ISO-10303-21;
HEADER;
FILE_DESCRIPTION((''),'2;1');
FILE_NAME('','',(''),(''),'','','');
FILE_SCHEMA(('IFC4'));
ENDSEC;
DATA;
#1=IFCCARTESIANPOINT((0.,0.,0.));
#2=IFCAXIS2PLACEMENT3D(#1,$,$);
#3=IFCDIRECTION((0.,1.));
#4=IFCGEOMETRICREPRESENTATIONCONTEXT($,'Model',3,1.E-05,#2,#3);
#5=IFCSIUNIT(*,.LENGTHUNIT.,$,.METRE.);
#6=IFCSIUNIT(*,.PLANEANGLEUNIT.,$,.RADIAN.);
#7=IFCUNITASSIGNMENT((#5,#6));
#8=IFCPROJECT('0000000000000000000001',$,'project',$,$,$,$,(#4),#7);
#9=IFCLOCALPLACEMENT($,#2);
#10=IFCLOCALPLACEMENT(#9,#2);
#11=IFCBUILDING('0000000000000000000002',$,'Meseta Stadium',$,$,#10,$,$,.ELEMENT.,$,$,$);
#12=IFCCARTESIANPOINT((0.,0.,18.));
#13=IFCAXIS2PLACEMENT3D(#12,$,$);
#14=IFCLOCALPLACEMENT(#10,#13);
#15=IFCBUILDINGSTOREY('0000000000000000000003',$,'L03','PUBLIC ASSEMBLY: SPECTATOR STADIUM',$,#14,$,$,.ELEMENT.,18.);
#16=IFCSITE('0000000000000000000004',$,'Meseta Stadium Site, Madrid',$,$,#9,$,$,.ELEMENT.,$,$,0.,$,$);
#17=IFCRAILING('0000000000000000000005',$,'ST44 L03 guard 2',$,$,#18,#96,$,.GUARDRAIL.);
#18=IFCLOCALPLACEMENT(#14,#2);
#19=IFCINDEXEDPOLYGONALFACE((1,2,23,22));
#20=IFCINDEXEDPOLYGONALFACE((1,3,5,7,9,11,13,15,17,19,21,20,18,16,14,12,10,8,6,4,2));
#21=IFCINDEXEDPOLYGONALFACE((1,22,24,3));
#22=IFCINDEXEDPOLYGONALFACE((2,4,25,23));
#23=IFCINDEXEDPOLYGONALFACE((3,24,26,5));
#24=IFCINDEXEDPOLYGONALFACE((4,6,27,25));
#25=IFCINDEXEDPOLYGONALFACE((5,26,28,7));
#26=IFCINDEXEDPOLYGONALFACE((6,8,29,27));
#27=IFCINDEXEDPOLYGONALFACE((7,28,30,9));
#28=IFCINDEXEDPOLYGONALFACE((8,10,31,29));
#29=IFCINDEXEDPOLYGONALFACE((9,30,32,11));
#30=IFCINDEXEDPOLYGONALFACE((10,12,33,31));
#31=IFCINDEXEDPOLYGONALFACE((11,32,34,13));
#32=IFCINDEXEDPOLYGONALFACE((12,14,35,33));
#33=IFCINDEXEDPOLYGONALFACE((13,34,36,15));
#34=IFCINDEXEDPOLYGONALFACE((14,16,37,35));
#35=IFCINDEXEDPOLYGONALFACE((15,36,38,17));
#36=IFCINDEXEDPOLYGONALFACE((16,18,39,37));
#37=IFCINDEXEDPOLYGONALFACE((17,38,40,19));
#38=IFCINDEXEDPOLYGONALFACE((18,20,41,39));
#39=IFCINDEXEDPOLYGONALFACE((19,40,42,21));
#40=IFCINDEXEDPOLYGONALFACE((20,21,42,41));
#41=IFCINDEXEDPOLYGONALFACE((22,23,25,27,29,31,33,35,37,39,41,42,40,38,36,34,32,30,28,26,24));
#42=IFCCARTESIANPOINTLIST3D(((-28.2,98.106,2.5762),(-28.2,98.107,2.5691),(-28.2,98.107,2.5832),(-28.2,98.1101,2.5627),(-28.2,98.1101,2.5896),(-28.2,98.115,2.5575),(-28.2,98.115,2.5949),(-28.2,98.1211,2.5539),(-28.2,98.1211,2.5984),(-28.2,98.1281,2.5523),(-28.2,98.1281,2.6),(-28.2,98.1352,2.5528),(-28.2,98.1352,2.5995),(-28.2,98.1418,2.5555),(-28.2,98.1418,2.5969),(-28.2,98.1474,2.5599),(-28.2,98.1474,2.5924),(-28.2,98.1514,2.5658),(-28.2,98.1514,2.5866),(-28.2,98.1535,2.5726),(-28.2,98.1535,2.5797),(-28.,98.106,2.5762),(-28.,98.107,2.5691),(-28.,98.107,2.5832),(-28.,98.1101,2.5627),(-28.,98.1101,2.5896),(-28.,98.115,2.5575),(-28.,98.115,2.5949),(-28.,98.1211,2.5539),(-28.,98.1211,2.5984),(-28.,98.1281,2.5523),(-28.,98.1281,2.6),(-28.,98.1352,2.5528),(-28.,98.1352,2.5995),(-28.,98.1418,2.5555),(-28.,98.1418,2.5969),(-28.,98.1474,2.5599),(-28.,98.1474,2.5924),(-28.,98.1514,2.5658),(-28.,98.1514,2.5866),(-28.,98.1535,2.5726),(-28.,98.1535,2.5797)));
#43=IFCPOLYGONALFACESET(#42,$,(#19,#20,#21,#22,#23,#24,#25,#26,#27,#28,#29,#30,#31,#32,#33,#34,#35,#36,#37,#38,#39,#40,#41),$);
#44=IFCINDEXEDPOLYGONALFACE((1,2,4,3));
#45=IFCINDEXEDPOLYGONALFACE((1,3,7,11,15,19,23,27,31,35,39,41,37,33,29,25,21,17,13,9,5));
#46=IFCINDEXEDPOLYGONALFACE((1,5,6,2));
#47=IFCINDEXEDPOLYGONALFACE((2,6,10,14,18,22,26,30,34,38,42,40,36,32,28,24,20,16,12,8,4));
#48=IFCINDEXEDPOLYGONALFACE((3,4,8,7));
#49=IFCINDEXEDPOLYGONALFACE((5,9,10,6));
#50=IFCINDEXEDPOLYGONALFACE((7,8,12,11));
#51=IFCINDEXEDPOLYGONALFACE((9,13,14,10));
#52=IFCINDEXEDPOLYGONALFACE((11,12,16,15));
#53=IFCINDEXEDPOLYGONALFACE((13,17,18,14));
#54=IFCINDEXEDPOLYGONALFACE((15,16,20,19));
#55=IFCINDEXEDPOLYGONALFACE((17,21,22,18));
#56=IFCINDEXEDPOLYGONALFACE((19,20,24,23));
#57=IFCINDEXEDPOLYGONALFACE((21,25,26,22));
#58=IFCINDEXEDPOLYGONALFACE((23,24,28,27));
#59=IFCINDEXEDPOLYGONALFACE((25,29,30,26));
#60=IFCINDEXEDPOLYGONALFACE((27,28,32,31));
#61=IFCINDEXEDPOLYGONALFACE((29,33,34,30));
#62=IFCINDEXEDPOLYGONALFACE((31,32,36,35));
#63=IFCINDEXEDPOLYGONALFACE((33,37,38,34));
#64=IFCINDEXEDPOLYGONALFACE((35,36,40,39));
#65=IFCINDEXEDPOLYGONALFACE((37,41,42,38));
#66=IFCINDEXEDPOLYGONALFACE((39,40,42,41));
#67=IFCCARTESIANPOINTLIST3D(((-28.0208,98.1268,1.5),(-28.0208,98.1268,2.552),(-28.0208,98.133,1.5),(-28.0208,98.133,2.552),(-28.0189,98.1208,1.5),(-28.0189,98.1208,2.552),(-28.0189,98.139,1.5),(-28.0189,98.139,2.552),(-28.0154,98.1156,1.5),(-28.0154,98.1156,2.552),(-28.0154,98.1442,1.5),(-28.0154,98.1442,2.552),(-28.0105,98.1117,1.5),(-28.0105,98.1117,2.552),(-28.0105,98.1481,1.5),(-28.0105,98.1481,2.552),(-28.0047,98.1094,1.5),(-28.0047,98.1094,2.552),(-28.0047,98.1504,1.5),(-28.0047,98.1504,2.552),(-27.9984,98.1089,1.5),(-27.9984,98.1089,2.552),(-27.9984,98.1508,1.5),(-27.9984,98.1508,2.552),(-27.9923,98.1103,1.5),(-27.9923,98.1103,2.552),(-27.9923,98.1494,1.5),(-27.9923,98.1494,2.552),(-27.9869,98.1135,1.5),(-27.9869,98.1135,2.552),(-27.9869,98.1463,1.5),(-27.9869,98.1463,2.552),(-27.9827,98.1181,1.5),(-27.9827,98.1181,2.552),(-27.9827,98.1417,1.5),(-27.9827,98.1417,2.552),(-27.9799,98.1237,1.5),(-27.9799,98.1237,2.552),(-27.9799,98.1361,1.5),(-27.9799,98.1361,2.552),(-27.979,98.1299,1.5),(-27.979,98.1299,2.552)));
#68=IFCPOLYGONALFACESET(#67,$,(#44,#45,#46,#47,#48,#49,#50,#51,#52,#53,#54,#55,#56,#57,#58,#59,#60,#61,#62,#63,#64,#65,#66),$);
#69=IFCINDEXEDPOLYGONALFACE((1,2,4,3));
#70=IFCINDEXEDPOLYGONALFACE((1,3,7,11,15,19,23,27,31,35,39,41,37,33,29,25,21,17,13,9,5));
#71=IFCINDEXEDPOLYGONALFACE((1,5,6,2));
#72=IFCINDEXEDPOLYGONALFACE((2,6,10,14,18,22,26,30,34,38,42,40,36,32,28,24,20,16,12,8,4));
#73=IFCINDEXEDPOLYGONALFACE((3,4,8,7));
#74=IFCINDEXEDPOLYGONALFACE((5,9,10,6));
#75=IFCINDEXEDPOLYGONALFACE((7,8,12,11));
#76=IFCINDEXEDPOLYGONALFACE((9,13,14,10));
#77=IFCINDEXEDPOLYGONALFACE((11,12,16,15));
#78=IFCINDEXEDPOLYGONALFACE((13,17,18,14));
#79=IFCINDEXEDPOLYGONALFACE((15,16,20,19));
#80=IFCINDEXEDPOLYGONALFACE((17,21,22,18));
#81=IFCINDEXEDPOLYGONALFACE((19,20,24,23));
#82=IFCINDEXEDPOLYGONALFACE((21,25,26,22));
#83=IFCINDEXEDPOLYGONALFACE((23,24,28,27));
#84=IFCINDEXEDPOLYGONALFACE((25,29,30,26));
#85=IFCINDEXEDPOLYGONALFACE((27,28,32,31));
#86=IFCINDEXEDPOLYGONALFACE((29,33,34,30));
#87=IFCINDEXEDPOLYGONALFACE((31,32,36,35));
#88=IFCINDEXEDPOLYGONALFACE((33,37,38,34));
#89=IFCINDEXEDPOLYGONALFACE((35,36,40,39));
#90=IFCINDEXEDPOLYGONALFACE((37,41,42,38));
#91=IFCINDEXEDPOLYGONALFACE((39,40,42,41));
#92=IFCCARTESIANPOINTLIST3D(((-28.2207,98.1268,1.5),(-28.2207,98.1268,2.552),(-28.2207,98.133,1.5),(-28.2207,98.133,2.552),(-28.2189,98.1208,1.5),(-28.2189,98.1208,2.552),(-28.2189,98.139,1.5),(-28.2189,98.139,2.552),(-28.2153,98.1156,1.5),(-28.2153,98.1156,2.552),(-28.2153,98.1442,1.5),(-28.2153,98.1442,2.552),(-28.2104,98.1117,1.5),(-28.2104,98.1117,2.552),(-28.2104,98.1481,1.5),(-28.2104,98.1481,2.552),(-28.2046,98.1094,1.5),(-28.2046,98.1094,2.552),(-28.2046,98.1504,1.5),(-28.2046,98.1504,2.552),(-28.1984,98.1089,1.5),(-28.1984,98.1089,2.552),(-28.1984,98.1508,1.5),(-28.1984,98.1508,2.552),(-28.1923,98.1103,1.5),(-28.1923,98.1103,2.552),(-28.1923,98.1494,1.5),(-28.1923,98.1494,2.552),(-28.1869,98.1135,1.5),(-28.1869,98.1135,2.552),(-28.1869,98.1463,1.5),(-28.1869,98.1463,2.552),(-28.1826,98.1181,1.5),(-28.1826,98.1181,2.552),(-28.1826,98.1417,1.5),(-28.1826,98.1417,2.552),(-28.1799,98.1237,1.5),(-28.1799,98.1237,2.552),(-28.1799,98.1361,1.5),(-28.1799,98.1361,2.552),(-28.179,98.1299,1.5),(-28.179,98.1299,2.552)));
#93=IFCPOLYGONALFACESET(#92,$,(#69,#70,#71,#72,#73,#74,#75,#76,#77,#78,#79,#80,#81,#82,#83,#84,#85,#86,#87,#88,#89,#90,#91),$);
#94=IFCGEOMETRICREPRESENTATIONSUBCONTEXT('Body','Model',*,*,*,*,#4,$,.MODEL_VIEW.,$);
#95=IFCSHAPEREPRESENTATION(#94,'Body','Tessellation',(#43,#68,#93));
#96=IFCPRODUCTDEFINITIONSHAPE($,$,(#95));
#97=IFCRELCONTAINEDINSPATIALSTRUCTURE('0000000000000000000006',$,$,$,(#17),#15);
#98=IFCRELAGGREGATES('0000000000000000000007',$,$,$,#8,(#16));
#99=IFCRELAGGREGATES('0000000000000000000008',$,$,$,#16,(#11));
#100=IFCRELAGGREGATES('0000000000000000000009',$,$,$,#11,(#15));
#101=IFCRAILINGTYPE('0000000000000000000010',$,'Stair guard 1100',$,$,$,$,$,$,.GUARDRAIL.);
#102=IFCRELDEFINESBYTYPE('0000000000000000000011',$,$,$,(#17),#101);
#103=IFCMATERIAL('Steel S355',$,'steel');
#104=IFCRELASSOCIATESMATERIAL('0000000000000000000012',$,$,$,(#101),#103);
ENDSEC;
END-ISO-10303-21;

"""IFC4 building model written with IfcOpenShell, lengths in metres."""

from ifc_helpers import new_model, si_unit, direction, frame, origin, origin_2d, place, context, subcontext, project, spatial, circle, extrude, material, type_object, element, save


model = new_model("IFC4")

# Units and contexts
model_context = context("Model", 3, precision=1e-05, world=origin(), true_north=direction((0.0, 1.0)))
body_context = subcontext(model_context, "Body", "Model", "MODEL_VIEW")
ifc_project = project(units=[si_unit("LENGTHUNIT", "METRE"), si_unit("PLANEANGLEUNIT", "RADIAN")], contexts=[model_context])

# Site, building, storey
site_placement = place(None, origin())
site = spatial("IfcSite", under=ifc_project, at=site_placement, Name="Meseta Stadium Site, Madrid", CompositionType="ELEMENT", RefElevation=0.0)
building_placement = place(site_placement, origin())
building = spatial("IfcBuilding", under=site, at=building_placement, Name="Meseta Stadium", CompositionType="ELEMENT")
storey_placement = place(building_placement, frame((0.0, 0.0, 18.0)))
storey = spatial("IfcBuildingStorey", under=building, at=storey_placement, Name="L03", Description="PUBLIC ASSEMBLY: SPECTATOR STADIUM", CompositionType="ELEMENT", Elevation=18.0)

# Railing
ifc_material_1 = material(Name="Steel S355", Category="steel")
railing_type_1 = type_object("IfcRailingType", Name="Stair guard 1100", PredefinedType="GUARDRAIL", material=ifc_material_1)
railing_1_placement = place(storey_placement, frame((-28.0, 98.1299, 1.5)))
element("IfcRailing", 1, at=railing_1_placement, inside=storey, type_object=railing_type_1, Name="ST44 L03 guard 2", PredefinedType="GUARDRAIL", context=body_context, shape_type="SweptSolid", body=[
    extrude(circle(Radius=0.0239, at=origin_2d()), frame((0.0, 0.0, 1.0762), z_axis=(-1.0, 0.0, 0.0), x_axis=(0.0, -1.0, 0.0)), (0.0, 0.0, 1.0), 0.2),
    extrude(circle(Radius=0.021, at=origin_2d()), origin(), (0.0, 0.0, 1.0), 1.052),
    extrude(circle(Radius=0.021, at=origin_2d()), frame((-0.2, 0.0, 0.0)), (0.0, 0.0, 1.0), 1.052),
])

save(model, "model.ifc")
